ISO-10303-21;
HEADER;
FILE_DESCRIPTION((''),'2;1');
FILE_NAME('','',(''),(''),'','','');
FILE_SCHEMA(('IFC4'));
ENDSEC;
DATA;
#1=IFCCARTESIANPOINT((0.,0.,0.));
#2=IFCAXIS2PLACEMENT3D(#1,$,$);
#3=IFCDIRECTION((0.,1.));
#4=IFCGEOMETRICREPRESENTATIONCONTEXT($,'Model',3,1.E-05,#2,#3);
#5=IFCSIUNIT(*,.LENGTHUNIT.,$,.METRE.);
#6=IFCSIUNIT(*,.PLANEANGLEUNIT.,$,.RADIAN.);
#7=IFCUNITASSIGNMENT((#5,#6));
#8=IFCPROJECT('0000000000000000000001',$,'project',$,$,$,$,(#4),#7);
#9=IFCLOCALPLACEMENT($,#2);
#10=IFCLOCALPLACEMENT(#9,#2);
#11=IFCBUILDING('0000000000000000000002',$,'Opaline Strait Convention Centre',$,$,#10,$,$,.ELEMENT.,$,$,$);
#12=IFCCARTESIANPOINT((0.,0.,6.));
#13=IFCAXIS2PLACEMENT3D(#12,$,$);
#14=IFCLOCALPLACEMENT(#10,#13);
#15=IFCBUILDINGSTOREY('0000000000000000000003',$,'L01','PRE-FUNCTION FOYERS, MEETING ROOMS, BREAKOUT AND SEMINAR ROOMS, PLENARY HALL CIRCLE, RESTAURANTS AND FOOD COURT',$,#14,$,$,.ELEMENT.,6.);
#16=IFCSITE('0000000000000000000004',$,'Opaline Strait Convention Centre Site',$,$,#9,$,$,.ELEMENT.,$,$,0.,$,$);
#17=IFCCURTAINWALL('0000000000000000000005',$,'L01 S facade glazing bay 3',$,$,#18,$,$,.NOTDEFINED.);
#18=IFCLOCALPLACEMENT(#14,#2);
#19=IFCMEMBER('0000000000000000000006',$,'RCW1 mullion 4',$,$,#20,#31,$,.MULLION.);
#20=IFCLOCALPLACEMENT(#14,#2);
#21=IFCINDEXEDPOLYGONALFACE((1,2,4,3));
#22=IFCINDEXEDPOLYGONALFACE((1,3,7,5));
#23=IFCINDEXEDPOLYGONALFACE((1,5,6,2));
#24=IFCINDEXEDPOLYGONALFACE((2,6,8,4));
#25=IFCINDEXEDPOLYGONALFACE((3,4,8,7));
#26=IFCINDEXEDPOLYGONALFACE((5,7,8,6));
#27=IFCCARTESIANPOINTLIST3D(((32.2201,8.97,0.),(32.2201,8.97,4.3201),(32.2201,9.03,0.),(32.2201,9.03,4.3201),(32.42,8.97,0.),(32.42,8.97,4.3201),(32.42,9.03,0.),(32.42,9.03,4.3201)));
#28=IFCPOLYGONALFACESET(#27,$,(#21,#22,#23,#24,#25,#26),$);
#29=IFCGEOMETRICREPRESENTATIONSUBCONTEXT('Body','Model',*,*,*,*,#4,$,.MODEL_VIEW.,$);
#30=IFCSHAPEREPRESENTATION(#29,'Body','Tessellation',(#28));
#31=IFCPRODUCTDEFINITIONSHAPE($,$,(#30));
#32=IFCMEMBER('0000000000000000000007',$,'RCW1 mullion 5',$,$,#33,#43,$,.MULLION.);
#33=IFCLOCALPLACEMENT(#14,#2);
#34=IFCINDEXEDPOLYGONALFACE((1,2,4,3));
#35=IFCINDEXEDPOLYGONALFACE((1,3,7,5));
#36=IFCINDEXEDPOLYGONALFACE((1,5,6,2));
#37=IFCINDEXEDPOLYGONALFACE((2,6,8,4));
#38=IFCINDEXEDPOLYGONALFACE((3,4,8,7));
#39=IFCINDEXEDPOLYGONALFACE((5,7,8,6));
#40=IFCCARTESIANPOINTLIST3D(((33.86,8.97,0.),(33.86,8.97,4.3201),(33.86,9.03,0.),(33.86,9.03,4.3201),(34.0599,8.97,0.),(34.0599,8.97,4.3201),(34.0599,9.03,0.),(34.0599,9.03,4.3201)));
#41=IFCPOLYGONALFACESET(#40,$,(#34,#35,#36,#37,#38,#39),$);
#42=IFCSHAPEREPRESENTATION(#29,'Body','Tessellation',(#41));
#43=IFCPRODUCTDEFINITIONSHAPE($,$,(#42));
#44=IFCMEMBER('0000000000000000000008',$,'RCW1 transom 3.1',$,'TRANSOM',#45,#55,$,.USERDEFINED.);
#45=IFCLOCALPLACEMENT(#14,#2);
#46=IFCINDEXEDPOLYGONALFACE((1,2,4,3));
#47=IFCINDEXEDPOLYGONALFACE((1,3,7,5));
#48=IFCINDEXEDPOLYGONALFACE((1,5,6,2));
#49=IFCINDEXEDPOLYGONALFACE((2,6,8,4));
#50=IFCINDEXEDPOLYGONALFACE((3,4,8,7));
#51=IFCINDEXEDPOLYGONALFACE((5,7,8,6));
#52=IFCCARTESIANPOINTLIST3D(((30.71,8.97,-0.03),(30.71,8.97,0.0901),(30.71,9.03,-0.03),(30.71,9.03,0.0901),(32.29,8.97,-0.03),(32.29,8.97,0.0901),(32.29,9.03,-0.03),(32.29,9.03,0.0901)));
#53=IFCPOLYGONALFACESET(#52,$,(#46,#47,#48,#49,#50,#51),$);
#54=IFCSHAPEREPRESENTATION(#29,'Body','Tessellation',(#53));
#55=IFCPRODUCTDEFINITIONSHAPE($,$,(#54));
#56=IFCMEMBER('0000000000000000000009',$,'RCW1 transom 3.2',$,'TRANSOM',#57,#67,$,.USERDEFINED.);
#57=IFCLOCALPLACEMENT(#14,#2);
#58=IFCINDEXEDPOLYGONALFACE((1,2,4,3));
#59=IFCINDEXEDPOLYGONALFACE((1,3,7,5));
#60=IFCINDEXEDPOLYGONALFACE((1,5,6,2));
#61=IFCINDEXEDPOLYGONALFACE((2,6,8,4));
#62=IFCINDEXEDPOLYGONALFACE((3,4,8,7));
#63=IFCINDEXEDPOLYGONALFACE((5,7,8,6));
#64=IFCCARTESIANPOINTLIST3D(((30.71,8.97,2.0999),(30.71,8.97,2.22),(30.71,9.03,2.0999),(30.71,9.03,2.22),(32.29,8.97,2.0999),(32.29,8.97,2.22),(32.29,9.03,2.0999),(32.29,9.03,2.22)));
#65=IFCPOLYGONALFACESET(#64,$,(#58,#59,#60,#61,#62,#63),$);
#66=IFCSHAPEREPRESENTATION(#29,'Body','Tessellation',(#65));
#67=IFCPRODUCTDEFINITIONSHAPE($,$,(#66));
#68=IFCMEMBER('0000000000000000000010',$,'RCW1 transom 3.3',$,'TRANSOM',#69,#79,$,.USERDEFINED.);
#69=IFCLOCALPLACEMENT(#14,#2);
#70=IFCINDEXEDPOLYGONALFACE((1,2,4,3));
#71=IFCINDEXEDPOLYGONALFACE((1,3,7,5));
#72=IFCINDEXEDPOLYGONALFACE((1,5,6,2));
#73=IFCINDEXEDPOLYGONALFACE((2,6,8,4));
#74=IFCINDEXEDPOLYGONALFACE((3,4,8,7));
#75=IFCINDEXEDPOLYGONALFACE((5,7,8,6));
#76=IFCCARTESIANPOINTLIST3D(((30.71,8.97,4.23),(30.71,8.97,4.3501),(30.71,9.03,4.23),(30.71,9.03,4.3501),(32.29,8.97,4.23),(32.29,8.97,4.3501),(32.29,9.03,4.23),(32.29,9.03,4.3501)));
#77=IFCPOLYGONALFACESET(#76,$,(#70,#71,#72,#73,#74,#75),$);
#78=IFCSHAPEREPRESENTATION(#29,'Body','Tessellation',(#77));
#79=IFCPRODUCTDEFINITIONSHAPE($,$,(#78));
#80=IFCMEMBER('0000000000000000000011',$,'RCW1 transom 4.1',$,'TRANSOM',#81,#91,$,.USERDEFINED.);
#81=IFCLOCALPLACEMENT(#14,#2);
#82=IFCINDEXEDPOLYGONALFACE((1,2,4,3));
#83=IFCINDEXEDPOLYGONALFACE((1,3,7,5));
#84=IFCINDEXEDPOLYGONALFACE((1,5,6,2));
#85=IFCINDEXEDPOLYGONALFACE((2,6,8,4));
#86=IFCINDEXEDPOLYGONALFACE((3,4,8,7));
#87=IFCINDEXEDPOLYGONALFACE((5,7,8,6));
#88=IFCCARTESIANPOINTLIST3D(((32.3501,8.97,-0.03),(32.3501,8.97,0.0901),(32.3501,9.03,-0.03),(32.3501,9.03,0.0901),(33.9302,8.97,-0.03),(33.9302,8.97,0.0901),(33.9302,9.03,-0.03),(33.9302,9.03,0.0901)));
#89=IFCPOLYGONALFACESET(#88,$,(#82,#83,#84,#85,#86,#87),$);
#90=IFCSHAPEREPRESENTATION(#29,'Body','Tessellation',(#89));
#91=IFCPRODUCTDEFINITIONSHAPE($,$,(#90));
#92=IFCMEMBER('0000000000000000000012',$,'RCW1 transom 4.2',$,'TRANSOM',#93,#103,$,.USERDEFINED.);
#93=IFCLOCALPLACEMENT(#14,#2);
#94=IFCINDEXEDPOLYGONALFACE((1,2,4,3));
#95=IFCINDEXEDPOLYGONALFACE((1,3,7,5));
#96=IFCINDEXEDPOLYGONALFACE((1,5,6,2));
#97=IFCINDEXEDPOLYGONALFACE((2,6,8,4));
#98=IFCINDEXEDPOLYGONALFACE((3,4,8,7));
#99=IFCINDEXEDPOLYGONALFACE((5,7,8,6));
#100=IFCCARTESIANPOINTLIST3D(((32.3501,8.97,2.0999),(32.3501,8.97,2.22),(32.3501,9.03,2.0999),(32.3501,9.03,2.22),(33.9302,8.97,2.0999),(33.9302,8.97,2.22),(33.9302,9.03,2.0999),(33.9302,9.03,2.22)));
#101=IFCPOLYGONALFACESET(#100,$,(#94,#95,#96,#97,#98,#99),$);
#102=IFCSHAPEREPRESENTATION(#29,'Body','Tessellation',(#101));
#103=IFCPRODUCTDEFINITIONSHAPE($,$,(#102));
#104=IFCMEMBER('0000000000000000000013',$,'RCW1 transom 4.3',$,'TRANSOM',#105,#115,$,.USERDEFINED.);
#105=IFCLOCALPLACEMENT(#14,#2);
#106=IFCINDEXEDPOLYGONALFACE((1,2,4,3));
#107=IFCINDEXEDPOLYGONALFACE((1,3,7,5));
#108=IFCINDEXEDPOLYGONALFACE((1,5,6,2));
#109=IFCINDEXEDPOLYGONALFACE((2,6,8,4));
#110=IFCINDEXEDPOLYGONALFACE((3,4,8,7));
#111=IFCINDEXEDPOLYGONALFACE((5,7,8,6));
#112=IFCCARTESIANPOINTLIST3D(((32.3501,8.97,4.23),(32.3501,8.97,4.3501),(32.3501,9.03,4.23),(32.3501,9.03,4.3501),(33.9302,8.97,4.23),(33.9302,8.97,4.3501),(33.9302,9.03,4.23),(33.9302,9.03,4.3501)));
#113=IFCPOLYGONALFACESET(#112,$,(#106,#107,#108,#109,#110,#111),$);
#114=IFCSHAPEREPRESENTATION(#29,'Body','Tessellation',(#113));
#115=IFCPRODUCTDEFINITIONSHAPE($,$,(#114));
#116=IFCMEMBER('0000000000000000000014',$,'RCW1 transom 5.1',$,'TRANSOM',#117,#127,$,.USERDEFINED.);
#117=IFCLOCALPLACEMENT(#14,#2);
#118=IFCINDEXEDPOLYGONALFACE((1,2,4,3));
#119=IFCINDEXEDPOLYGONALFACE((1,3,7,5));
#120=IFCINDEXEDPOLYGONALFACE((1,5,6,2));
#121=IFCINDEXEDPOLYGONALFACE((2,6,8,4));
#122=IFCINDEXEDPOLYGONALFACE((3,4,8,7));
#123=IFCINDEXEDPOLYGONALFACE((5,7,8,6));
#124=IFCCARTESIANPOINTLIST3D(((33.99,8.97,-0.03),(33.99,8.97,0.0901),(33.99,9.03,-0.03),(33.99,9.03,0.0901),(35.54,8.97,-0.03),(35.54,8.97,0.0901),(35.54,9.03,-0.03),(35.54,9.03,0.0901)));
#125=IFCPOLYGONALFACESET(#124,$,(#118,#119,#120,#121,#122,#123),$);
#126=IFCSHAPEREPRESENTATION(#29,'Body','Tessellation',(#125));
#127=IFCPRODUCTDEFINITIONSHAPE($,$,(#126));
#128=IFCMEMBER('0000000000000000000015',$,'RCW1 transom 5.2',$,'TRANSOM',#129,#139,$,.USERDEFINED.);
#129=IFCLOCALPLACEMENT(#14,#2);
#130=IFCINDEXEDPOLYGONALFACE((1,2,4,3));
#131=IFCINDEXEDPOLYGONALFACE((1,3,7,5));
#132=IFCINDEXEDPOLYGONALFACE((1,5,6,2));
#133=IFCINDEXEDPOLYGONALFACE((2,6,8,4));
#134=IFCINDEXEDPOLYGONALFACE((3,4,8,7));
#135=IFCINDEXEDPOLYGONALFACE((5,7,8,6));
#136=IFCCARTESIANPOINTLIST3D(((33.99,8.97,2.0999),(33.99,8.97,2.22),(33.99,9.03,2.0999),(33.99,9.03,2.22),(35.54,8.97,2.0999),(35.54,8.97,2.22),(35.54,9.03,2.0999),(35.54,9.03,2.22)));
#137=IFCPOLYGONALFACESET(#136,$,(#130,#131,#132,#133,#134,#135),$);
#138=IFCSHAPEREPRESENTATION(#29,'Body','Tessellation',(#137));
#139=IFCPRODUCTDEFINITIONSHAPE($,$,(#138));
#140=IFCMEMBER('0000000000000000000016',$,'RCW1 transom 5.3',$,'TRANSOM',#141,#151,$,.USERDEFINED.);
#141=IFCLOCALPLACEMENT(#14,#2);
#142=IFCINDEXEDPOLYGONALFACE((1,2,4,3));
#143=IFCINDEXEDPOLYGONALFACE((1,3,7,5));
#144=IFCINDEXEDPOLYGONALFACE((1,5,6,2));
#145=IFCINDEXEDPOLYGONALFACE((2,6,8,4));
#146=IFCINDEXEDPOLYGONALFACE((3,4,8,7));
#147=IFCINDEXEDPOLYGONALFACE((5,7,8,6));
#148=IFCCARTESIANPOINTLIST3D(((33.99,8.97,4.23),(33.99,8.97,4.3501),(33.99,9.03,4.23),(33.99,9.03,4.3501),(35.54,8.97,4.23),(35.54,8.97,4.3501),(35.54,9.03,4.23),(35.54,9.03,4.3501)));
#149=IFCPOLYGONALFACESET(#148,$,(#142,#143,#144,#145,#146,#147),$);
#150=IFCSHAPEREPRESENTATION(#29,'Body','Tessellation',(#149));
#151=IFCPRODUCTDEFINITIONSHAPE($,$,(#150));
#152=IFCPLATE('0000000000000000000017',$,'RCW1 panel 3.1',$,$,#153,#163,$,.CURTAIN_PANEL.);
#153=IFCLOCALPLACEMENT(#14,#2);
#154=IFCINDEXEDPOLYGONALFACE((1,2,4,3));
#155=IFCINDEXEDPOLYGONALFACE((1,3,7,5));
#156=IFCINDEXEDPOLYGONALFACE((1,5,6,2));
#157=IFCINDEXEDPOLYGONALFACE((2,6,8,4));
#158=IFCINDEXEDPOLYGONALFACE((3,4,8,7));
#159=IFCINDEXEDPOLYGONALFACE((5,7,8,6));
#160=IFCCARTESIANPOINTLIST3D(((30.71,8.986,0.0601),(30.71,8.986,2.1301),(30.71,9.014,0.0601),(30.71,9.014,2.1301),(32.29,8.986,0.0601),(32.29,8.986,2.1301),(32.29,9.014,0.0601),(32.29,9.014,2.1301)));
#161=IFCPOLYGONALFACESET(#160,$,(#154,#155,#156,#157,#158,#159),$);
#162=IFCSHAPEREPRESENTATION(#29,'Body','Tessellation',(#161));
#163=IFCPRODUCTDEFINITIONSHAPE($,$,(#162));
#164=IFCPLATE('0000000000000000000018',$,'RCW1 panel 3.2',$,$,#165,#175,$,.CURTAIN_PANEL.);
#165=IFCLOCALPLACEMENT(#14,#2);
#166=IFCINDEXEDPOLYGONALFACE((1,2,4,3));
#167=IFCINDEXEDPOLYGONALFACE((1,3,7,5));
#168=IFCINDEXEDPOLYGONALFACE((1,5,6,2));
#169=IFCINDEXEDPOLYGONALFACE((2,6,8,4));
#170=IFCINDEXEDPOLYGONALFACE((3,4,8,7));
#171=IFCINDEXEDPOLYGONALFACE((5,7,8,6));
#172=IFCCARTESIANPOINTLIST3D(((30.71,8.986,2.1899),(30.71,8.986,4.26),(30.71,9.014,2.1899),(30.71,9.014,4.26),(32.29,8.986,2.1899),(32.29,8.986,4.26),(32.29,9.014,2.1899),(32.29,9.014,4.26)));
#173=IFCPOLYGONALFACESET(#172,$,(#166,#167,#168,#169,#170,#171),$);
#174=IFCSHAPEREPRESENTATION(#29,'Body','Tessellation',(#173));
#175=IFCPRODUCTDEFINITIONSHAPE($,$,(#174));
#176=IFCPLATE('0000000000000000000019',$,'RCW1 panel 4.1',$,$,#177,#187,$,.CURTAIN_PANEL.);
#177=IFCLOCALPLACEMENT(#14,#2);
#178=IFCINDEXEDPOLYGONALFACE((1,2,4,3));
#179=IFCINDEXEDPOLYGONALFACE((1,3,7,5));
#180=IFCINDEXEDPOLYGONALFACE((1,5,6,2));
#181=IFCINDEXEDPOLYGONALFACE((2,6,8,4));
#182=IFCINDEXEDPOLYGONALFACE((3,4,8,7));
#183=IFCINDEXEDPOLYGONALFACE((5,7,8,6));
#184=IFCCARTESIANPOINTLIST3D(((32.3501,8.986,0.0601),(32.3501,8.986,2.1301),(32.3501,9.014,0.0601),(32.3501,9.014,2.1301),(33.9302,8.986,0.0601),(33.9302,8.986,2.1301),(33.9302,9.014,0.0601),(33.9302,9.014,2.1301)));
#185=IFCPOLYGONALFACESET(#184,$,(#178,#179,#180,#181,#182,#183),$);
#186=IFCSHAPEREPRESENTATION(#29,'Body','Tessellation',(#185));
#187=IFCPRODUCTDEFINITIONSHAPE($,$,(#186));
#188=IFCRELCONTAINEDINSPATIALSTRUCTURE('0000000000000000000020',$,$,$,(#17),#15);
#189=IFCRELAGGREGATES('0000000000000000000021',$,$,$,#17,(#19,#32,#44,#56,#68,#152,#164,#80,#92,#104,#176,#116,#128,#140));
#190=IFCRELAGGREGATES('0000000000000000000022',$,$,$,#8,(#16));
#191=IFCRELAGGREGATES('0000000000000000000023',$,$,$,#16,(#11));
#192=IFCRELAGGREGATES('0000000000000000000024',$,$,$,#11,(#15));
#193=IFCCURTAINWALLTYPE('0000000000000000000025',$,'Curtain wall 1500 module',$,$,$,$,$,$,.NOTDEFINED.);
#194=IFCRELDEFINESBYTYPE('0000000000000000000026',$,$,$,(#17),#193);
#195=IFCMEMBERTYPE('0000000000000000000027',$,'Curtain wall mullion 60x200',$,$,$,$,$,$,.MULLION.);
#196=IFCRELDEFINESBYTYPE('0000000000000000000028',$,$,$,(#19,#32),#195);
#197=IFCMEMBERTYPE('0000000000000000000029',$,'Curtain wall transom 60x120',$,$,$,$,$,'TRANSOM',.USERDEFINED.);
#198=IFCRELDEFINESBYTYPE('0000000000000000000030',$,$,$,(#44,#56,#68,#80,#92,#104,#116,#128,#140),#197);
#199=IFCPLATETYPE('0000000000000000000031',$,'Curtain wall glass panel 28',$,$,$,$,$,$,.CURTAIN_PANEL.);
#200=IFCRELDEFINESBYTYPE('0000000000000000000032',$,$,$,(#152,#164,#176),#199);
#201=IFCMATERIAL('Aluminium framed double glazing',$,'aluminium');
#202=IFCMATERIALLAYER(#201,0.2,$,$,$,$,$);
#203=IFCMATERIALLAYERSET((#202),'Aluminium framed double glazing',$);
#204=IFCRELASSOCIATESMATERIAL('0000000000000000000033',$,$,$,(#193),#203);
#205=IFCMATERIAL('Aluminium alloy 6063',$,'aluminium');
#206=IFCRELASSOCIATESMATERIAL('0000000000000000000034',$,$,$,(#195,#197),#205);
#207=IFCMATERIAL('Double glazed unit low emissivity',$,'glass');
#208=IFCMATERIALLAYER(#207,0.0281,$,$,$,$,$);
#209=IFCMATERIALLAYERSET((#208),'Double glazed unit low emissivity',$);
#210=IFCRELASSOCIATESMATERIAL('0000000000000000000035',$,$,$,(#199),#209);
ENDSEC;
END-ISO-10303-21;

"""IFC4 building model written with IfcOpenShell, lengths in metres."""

from ifc_helpers import new_model, si_unit, direction, frame, origin, origin_2d, place, context, subcontext, project, spatial, rectangle, extrude, material, layer, layer_set, material_profile, profile_set, type_object, element, aggregate, save


model = new_model("IFC4")

# Units and contexts
model_context = context("Model", 3, precision=1e-05, world=origin(), true_north=direction((0.0, 1.0)))
body_context = subcontext(model_context, "Body", "Model", "MODEL_VIEW")
ifc_project = project(units=[si_unit("LENGTHUNIT", "METRE"), si_unit("PLANEANGLEUNIT", "RADIAN")], contexts=[model_context])

# Site, building, storey
site_placement = place(None, origin())
site = spatial("IfcSite", under=ifc_project, at=site_placement, Name="Opaline Strait Convention Centre Site", CompositionType="ELEMENT", RefElevation=0.0)
building_placement = place(site_placement, origin())
building = spatial("IfcBuilding", under=site, at=building_placement, Name="Opaline Strait Convention Centre", CompositionType="ELEMENT")
storey_placement = place(building_placement, frame((0.0, 0.0, 6.0)))
storey = spatial("IfcBuildingStorey", under=building, at=storey_placement, Name="L01", Description="PRE-FUNCTION FOYERS, MEETING ROOMS, BREAKOUT AND SEMINAR ROOMS, PLENARY HALL CIRCLE, RESTAURANTS AND FOOD COURT", CompositionType="ELEMENT", Elevation=6.0)

# Curtain wall, members, plates
ifc_material_1 = material(Name="Aluminium framed double glazing", Category="aluminium")
ifc_layer_1 = layer(ifc_material_1, 0.2)
ifc_layer_set_1 = layer_set([ifc_layer_1], Name="Aluminium framed double glazing")
curtain_wall_type = type_object("IfcCurtainWallType", Name="Curtain wall 1500 module", PredefinedType="NOTDEFINED", material=ifc_layer_set_1)
curtain_wall_placement = place(storey_placement, origin())
curtain_wall = element("IfcCurtainWall", 1, at=curtain_wall_placement, inside=storey, type_object=curtain_wall_type, Name="L01 S facade glazing bay 3", PredefinedType="NOTDEFINED")
ifc_material_2 = material(Name="Aluminium alloy 6063", Category="aluminium")
ifc_material_profile_1 = material_profile(ifc_material_2, rectangle(XDim=0.0601, YDim=0.2, at=origin_2d()), Name="Curtain wall mullion 60x200")
ifc_profile_set_1 = profile_set([ifc_material_profile_1], Name="Aluminium alloy 6063")
member_type_1 = type_object("IfcMemberType", Name="Curtain wall mullion 60x200", PredefinedType="MULLION", material=ifc_profile_set_1)
member_1_placement = place(storey_placement, frame((32.3201, 9.0, 0.0), z_axis=(0.0, 0.0, 1.0), x_axis=(0.0, 1.0, 0.0)))
member_1 = element("IfcMember", 2, at=member_1_placement, type_object=member_type_1, Name="RCW1 mullion 4", PredefinedType="MULLION", context=body_context, shape_type="SweptSolid", body=[
    extrude(rectangle(XDim=0.0601, YDim=0.2, at=origin_2d()), origin(), (0.0, 0.0, 1.0), 4.3201),
])
member_2_placement = place(storey_placement, frame((33.96, 9.0, 0.0), z_axis=(0.0, 0.0, 1.0), x_axis=(0.0, 1.0, 0.0)))
member_2 = element("IfcMember", 3, at=member_2_placement, type_object=member_type_1, Name="RCW1 mullion 5", PredefinedType="MULLION", context=body_context, shape_type="SweptSolid", body=[
    extrude(rectangle(XDim=0.0601, YDim=0.2, at=origin_2d()), origin(), (0.0, 0.0, 1.0), 4.3201),
])
ifc_material_profile_2 = material_profile(ifc_material_2, rectangle(XDim=0.0601, YDim=0.1201, at=origin_2d()), Name="Curtain wall transom 60x120")
ifc_profile_set_2 = profile_set([ifc_material_profile_2], Name="Aluminium alloy 6063")
member_type_2 = type_object("IfcMemberType", Name="Curtain wall transom 60x120", ElementType="TRANSOM", PredefinedType="USERDEFINED", material=ifc_profile_set_2)
member_3_placement = place(storey_placement, frame((30.71, 9.0, 0.03), z_axis=(1.0, 0.0, 0.0), x_axis=(0.0, 1.0, 0.0)))
member_3 = element("IfcMember", 4, at=member_3_placement, type_object=member_type_2, Name="RCW1 transom 3.1", ObjectType="TRANSOM", PredefinedType="USERDEFINED", context=body_context, shape_type="SweptSolid", body=[
    extrude(rectangle(XDim=0.0601, YDim=0.1201, at=origin_2d()), origin(), (0.0, 0.0, 1.0), 1.5801),
])
member_4_placement = place(storey_placement, frame((30.71, 9.0, 2.1599), z_axis=(1.0, 0.0, 0.0), x_axis=(0.0, 1.0, 0.0)))
member_4 = element("IfcMember", 5, at=member_4_placement, type_object=member_type_2, Name="RCW1 transom 3.2", ObjectType="TRANSOM", PredefinedType="USERDEFINED", context=body_context, shape_type="SweptSolid", body=[
    extrude(rectangle(XDim=0.0601, YDim=0.1201, at=origin_2d()), origin(), (0.0, 0.0, 1.0), 1.5801),
])
member_5_placement = place(storey_placement, frame((30.71, 9.0, 4.29), z_axis=(1.0, 0.0, 0.0), x_axis=(0.0, 1.0, 0.0)))
member_5 = element("IfcMember", 6, at=member_5_placement, type_object=member_type_2, Name="RCW1 transom 3.3", ObjectType="TRANSOM", PredefinedType="USERDEFINED", context=body_context, shape_type="SweptSolid", body=[
    extrude(rectangle(XDim=0.0601, YDim=0.1201, at=origin_2d()), origin(), (0.0, 0.0, 1.0), 1.5801),
])
member_6_placement = place(storey_placement, frame((32.3501, 9.0, 0.03), z_axis=(1.0, 0.0, 0.0), x_axis=(0.0, 1.0, 0.0)))
member_6 = element("IfcMember", 7, at=member_6_placement, type_object=member_type_2, Name="RCW1 transom 4.1", ObjectType="TRANSOM", PredefinedType="USERDEFINED", context=body_context, shape_type="SweptSolid", body=[
    extrude(rectangle(XDim=0.0601, YDim=0.1201, at=origin_2d()), origin(), (0.0, 0.0, 1.0), 1.5801),
])
member_7_placement = place(storey_placement, frame((32.3501, 9.0, 2.1599), z_axis=(1.0, 0.0, 0.0), x_axis=(0.0, 1.0, 0.0)))
member_7 = element("IfcMember", 8, at=member_7_placement, type_object=member_type_2, Name="RCW1 transom 4.2", ObjectType="TRANSOM", PredefinedType="USERDEFINED", context=body_context, shape_type="SweptSolid", body=[
    extrude(rectangle(XDim=0.0601, YDim=0.1201, at=origin_2d()), origin(), (0.0, 0.0, 1.0), 1.5801),
])
member_8_placement = place(storey_placement, frame((32.3501, 9.0, 4.29), z_axis=(1.0, 0.0, 0.0), x_axis=(0.0, 1.0, 0.0)))
member_8 = element("IfcMember", 9, at=member_8_placement, type_object=member_type_2, Name="RCW1 transom 4.3", ObjectType="TRANSOM", PredefinedType="USERDEFINED", context=body_context, shape_type="SweptSolid", body=[
    extrude(rectangle(XDim=0.0601, YDim=0.1201, at=origin_2d()), origin(), (0.0, 0.0, 1.0), 1.5801),
])
member_9_placement = place(storey_placement, frame((33.99, 9.0, 0.03), z_axis=(1.0, 0.0, 0.0), x_axis=(0.0, 1.0, 0.0)))
member_9 = element("IfcMember", 10, at=member_9_placement, type_object=member_type_2, Name="RCW1 transom 5.1", ObjectType="TRANSOM", PredefinedType="USERDEFINED", context=body_context, shape_type="SweptSolid", body=[
    extrude(rectangle(XDim=0.0601, YDim=0.1201, at=origin_2d()), origin(), (0.0, 0.0, 1.0), 1.55),
])
member_10_placement = place(storey_placement, frame((33.99, 9.0, 2.1599), z_axis=(1.0, 0.0, 0.0), x_axis=(0.0, 1.0, 0.0)))
member_10 = element("IfcMember", 11, at=member_10_placement, type_object=member_type_2, Name="RCW1 transom 5.2", ObjectType="TRANSOM", PredefinedType="USERDEFINED", context=body_context, shape_type="SweptSolid", body=[
    extrude(rectangle(XDim=0.0601, YDim=0.1201, at=origin_2d()), origin(), (0.0, 0.0, 1.0), 1.55),
])
member_11_placement = place(storey_placement, frame((33.99, 9.0, 4.29), z_axis=(1.0, 0.0, 0.0), x_axis=(0.0, 1.0, 0.0)))
member_11 = element("IfcMember", 12, at=member_11_placement, type_object=member_type_2, Name="RCW1 transom 5.3", ObjectType="TRANSOM", PredefinedType="USERDEFINED", context=body_context, shape_type="SweptSolid", body=[
    extrude(rectangle(XDim=0.0601, YDim=0.1201, at=origin_2d()), origin(), (0.0, 0.0, 1.0), 1.55),
])
ifc_material_3 = material(Name="Double glazed unit low emissivity", Category="glass")
ifc_layer_2 = layer(ifc_material_3, 0.0281)
ifc_layer_set_2 = layer_set([ifc_layer_2], Name="Double glazed unit low emissivity")
plate_type = type_object("IfcPlateType", Name="Curtain wall glass panel 28", PredefinedType="CURTAIN_PANEL", material=ifc_layer_set_2)
plate_1_placement = place(storey_placement, frame((31.5, 9.0, 0.0601), z_axis=(0.0, 0.0, 1.0), x_axis=(1.0, 0.0, 0.0)))
plate_1 = element("IfcPlate", 13, at=plate_1_placement, type_object=plate_type, Name="RCW1 panel 3.1", PredefinedType="CURTAIN_PANEL", context=body_context, shape_type="SweptSolid", body=[
    extrude(rectangle(XDim=1.5801, YDim=0.0281, at=origin_2d()), origin(), (0.0, 0.0, 1.0), 2.0701),
])
plate_2_placement = place(storey_placement, frame((31.5, 9.0, 2.1899), z_axis=(0.0, 0.0, 1.0), x_axis=(1.0, 0.0, 0.0)))
plate_2 = element("IfcPlate", 14, at=plate_2_placement, type_object=plate_type, Name="RCW1 panel 3.2", PredefinedType="CURTAIN_PANEL", context=body_context, shape_type="SweptSolid", body=[
    extrude(rectangle(XDim=1.5801, YDim=0.0281, at=origin_2d()), origin(), (0.0, 0.0, 1.0), 2.0701),
])
plate_3_placement = place(storey_placement, frame((33.1401, 9.0, 0.0601), z_axis=(0.0, 0.0, 1.0), x_axis=(1.0, 0.0, 0.0)))
plate_3 = element("IfcPlate", 15, at=plate_3_placement, type_object=plate_type, Name="RCW1 panel 4.1", PredefinedType="CURTAIN_PANEL", context=body_context, shape_type="SweptSolid", body=[
    extrude(rectangle(XDim=1.5801, YDim=0.0281, at=origin_2d()), origin(), (0.0, 0.0, 1.0), 2.0701),
])
aggregate(curtain_wall, [member_1, member_2, member_3, member_4, member_5, plate_1, plate_2, member_6, member_7, member_8, plate_3, member_9, member_10, member_11])

save(model, "model.ifc")
